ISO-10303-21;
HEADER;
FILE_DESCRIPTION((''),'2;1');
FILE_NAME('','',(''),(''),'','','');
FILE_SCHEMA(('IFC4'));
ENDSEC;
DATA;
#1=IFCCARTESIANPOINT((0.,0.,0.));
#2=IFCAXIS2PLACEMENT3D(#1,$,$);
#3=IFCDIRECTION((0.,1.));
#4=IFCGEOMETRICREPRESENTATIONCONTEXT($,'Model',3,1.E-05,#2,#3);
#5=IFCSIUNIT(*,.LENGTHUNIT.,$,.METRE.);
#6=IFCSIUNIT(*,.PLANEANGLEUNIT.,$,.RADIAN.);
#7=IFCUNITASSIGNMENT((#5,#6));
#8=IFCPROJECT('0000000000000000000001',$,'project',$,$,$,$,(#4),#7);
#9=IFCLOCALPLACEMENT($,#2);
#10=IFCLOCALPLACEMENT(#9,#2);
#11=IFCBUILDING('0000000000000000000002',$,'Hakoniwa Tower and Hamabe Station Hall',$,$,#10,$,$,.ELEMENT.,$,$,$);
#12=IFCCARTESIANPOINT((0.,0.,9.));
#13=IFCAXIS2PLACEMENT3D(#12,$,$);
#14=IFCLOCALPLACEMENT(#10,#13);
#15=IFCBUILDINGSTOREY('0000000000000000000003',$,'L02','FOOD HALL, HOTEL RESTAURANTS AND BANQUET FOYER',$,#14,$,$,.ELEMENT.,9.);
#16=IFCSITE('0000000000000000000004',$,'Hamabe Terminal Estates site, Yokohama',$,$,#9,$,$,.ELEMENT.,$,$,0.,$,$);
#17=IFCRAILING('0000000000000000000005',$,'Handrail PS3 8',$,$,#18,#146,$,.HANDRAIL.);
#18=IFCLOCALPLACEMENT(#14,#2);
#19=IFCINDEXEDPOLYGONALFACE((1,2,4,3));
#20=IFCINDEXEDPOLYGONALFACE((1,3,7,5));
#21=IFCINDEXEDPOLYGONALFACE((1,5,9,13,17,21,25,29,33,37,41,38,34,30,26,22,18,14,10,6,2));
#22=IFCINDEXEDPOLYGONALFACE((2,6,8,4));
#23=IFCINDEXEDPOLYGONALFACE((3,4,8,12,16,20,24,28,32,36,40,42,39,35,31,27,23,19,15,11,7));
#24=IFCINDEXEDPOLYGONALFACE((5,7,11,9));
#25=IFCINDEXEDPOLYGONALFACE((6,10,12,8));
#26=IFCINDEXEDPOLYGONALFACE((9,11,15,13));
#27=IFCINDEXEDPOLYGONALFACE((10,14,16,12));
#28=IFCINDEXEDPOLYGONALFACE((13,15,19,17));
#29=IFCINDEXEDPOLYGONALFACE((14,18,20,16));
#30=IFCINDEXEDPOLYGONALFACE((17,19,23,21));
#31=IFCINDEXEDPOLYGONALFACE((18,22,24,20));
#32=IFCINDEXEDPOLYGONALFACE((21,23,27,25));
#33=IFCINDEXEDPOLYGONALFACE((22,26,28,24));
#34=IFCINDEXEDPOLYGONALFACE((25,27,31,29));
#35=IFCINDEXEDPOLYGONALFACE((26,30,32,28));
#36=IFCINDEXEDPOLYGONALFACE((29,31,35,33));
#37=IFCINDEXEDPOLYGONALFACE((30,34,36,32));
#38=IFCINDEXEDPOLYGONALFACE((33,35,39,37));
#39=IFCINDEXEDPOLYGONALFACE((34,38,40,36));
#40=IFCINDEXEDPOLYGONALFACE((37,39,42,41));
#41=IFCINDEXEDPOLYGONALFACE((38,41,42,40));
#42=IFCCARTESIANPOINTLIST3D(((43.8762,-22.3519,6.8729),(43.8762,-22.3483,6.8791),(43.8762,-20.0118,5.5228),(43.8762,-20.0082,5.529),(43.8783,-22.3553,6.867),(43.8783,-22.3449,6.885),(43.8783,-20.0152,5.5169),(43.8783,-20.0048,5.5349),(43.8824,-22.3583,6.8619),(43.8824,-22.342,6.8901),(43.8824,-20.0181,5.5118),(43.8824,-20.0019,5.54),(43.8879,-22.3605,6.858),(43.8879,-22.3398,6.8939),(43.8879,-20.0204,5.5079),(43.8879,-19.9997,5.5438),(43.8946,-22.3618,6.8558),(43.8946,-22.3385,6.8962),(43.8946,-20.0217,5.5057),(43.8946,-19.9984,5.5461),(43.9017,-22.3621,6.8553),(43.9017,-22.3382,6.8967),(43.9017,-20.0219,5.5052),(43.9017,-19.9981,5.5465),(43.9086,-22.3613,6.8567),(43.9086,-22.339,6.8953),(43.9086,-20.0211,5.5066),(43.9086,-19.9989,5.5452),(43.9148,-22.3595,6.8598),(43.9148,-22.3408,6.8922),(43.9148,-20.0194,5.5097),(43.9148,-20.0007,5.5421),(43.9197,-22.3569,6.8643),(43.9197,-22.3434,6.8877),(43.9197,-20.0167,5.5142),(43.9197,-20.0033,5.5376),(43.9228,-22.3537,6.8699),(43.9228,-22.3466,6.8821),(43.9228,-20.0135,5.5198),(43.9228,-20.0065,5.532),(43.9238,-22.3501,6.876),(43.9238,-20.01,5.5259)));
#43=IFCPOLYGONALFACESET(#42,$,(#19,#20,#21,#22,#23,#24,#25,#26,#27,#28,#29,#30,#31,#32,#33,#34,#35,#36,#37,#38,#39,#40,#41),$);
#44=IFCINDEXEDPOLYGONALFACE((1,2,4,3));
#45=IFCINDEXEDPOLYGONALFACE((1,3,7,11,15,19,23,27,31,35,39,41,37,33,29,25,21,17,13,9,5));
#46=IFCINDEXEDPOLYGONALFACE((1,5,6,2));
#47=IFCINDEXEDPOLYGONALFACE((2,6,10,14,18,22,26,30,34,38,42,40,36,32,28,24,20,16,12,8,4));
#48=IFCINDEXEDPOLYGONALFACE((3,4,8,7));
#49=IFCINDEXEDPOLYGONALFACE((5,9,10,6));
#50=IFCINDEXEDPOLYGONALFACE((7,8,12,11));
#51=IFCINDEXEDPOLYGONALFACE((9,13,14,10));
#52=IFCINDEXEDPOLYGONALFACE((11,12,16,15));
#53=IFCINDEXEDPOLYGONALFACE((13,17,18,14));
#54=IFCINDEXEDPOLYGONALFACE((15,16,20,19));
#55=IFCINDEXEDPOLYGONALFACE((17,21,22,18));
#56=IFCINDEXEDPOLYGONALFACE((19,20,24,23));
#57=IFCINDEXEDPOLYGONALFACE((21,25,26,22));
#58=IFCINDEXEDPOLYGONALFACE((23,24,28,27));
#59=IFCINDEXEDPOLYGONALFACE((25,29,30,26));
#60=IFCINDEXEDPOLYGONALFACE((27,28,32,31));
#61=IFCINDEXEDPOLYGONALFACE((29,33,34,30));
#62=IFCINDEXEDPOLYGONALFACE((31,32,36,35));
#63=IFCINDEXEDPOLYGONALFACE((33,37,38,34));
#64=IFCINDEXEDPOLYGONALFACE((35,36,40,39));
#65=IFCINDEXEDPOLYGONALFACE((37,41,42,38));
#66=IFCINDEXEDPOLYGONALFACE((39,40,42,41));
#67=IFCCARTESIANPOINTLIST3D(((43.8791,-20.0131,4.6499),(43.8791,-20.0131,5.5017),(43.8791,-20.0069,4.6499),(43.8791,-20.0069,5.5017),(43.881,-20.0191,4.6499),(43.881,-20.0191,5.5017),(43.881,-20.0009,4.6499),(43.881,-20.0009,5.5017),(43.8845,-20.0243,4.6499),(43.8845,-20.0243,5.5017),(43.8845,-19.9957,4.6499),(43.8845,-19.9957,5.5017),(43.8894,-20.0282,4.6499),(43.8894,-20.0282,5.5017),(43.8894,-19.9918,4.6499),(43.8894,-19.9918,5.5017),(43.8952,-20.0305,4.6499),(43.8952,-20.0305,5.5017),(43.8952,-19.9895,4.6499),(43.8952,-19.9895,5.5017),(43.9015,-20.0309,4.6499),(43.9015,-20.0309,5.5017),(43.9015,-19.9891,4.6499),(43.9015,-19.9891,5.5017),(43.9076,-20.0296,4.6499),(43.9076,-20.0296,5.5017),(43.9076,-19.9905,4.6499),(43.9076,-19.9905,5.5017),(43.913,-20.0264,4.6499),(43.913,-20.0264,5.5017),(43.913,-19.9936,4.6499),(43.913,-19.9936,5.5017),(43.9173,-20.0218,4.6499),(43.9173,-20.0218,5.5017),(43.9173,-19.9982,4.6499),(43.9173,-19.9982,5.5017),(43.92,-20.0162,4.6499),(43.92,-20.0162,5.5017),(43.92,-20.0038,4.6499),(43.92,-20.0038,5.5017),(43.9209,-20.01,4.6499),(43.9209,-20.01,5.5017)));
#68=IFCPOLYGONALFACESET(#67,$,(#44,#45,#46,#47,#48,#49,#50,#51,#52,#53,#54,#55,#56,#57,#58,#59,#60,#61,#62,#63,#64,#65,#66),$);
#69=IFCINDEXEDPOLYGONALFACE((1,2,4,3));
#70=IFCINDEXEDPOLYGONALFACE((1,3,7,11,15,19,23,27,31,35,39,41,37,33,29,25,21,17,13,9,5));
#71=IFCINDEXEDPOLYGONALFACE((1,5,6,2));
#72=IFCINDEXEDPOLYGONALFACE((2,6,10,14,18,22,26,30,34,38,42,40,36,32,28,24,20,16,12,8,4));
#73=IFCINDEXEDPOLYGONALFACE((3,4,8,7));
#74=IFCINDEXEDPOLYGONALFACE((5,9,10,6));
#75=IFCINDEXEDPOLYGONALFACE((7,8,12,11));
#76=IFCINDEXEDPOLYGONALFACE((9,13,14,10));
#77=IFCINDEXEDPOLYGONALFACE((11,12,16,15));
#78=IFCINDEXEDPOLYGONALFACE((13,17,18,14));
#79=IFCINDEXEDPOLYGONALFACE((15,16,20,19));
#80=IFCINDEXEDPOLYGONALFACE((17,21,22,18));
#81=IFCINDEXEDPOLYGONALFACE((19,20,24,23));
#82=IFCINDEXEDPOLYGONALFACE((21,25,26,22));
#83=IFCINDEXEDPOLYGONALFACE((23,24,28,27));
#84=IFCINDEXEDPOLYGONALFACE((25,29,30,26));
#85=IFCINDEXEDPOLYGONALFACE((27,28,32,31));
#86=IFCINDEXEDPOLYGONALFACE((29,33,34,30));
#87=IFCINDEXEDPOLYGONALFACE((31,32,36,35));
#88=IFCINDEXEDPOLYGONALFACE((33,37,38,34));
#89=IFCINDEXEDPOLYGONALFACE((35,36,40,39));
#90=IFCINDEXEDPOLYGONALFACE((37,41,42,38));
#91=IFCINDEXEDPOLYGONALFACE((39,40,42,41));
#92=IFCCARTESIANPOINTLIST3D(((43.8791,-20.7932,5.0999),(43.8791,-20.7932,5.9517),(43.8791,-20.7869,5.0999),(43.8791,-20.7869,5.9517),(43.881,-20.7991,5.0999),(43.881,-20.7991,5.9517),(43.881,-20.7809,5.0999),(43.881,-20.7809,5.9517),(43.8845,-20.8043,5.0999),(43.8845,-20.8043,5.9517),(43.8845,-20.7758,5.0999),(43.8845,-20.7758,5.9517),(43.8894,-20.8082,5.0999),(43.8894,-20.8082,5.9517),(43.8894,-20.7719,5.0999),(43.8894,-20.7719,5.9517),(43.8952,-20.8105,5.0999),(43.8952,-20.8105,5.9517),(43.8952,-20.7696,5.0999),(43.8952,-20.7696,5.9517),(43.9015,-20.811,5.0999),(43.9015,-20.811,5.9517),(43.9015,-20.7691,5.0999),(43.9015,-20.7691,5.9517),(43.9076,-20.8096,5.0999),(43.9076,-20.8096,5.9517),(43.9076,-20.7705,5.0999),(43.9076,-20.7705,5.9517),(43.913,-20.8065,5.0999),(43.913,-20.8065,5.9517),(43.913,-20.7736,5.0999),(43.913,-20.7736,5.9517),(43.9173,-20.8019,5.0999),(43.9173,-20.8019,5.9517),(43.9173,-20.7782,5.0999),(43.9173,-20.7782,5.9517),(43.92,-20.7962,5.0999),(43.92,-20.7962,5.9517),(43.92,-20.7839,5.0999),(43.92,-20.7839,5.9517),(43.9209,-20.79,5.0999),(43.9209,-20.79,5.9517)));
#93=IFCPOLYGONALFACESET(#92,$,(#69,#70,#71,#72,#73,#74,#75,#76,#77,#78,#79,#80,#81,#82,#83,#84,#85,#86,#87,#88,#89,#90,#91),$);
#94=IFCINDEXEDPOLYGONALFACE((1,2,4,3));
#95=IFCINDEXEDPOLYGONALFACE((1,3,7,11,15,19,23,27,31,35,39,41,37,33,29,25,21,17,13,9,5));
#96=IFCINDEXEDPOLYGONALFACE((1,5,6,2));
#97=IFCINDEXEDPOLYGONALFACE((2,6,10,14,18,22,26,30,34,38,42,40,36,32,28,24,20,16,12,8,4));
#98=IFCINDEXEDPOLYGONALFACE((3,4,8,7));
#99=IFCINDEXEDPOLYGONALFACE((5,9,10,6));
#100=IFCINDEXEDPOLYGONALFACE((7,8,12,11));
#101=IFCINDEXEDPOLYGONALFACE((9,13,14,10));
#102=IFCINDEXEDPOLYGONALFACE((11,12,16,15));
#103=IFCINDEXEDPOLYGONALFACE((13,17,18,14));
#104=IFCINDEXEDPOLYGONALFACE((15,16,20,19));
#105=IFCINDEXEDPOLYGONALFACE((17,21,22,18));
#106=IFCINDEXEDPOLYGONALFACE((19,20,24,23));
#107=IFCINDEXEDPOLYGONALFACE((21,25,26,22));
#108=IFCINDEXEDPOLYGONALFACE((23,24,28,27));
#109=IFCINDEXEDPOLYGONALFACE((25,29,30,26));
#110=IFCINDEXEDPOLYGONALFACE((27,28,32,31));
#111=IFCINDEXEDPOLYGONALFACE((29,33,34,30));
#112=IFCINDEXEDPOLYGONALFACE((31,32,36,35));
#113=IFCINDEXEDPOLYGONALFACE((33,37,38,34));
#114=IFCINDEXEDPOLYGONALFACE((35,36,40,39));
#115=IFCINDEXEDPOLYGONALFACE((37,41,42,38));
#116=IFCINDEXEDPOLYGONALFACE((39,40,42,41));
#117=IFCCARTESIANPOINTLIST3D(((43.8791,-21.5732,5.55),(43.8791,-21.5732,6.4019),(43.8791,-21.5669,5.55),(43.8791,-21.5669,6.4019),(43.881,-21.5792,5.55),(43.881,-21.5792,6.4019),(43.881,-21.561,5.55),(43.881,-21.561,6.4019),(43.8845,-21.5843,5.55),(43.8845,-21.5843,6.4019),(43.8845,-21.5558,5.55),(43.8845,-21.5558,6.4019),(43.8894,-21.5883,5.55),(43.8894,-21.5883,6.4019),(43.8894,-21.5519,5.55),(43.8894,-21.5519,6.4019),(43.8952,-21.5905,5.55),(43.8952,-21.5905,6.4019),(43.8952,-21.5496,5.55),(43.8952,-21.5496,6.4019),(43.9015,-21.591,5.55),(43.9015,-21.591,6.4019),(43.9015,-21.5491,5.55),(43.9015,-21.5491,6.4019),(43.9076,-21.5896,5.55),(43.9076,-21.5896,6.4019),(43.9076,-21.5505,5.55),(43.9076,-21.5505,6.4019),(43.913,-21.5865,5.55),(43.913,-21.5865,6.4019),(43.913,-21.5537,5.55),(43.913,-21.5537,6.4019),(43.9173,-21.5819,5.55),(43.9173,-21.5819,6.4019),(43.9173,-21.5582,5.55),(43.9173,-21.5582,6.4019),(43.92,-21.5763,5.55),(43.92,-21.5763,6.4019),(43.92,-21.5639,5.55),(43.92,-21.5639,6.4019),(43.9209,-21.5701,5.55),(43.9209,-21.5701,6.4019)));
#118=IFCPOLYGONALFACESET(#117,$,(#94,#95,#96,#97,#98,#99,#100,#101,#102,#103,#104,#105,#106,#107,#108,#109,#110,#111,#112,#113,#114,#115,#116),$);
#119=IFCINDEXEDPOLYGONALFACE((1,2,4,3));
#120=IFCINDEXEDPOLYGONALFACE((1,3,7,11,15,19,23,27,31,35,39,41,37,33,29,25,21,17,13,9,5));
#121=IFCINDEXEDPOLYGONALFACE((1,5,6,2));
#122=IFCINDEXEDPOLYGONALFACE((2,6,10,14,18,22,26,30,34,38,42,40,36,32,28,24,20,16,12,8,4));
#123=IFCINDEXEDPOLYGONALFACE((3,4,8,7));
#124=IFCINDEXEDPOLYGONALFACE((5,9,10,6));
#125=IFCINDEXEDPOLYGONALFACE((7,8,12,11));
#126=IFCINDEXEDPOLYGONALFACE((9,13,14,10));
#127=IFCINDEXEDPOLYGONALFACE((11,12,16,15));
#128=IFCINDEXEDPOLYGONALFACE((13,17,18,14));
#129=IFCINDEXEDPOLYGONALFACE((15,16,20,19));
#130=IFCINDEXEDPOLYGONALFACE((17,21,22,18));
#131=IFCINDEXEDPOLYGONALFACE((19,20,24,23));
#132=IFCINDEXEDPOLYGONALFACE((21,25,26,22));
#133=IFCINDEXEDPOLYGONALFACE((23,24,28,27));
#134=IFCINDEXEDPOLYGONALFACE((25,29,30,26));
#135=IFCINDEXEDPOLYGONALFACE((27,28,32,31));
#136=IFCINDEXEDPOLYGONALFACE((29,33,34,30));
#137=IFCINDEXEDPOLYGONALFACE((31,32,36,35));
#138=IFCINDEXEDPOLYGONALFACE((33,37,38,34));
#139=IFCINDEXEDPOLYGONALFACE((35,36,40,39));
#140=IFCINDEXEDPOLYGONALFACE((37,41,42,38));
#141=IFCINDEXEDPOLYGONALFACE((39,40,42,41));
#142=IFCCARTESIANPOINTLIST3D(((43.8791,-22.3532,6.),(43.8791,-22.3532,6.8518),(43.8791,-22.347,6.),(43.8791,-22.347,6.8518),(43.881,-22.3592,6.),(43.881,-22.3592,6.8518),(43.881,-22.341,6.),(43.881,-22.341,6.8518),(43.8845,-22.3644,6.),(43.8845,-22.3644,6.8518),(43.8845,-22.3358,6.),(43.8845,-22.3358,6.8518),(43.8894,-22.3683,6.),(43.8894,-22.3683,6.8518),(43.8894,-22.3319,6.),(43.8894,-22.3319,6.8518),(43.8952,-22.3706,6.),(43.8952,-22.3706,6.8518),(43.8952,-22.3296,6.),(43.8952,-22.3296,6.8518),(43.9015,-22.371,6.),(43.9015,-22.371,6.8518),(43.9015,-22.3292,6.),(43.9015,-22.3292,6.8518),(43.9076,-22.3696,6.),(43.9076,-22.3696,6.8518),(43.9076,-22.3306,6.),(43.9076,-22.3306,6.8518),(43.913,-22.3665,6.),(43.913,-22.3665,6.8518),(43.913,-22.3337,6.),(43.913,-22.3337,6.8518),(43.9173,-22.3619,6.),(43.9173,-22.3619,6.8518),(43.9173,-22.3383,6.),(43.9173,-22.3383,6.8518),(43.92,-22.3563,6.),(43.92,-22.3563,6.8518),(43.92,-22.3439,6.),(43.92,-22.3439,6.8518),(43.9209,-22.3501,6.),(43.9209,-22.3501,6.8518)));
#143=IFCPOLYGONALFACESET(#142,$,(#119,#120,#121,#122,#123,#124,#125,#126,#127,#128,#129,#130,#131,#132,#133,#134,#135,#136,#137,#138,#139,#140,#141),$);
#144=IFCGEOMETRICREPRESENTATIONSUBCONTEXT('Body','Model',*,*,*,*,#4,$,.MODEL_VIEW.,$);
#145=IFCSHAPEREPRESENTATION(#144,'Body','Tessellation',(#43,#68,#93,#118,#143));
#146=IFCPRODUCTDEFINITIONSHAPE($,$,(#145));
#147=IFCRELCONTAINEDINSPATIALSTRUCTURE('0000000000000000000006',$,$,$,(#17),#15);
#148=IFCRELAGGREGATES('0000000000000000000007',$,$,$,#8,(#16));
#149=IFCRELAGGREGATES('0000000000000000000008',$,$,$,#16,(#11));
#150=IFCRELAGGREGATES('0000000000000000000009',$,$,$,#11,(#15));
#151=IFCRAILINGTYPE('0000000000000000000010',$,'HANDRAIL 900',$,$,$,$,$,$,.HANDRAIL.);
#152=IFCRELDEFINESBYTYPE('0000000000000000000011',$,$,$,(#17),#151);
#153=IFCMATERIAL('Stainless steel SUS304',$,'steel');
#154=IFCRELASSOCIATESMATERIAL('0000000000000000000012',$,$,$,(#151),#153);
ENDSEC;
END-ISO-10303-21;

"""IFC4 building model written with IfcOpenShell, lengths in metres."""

from ifc_helpers import new_model, si_unit, direction, frame, origin, origin_2d, place, context, subcontext, project, spatial, circle, extrude, material, type_object, element, save


model = new_model("IFC4")

# Units and contexts
model_context = context("Model", 3, precision=1e-05, world=origin(), true_north=direction((0.0, 1.0)))
body_context = subcontext(model_context, "Body", "Model", "MODEL_VIEW")
ifc_project = project(units=[si_unit("LENGTHUNIT", "METRE"), si_unit("PLANEANGLEUNIT", "RADIAN")], contexts=[model_context])

# Site, building, storey
site_placement = place(None, origin())
site = spatial("IfcSite", under=ifc_project, at=site_placement, Name="Hamabe Terminal Estates site, Yokohama", CompositionType="ELEMENT", RefElevation=0.0)
building_placement = place(site_placement, origin())
building = spatial("IfcBuilding", under=site, at=building_placement, Name="Hakoniwa Tower and Hamabe Station Hall", CompositionType="ELEMENT")
storey_placement = place(building_placement, frame((0.0, 0.0, 9.0)))
storey = spatial("IfcBuildingStorey", under=building, at=storey_placement, Name="L02", Description="FOOD HALL, HOTEL RESTAURANTS AND BANQUET FOYER", CompositionType="ELEMENT", Elevation=9.0)

# Railing
ifc_material_1 = material(Name="Stainless steel SUS304", Category="steel")
railing_type_1 = type_object("IfcRailingType", Name="HANDRAIL 900", PredefinedType="HANDRAIL", material=ifc_material_1)
for number, where, name in (
    (1, (43.8999, -20.01, 4.6499), "Handrail PS3 8"),
):
    element("IfcRailing", number, at=place(storey_placement, frame(where)), inside=storey, type_object=railing_type_1, Name=name, PredefinedType="HANDRAIL", context=body_context, shape_type="SweptSolid", body=[
        extrude(circle(Radius=0.0239, at=origin_2d()), frame((0.0, 0.0, 0.876), z_axis=(0.0, -0.866178, 0.499735), x_axis=(1.0, 0.0, 0.0)), (0.0, 0.0, 1.0), 2.7017),
        extrude(circle(Radius=0.021, at=origin_2d()), origin(), (0.0, 0.0, 1.0), 0.8518),
        extrude(circle(Radius=0.021, at=origin_2d()), frame((0.0, -0.78, 0.45)), (0.0, 0.0, 1.0), 0.8518),
        extrude(circle(Radius=0.021, at=origin_2d()), frame((0.0, -1.5601, 0.9001)), (0.0, 0.0, 1.0), 0.8518),
        extrude(circle(Radius=0.021, at=origin_2d()), frame((0.0, -2.3401, 1.3501)), (0.0, 0.0, 1.0), 0.8518),
    ])

save(model, "model.ifc")
